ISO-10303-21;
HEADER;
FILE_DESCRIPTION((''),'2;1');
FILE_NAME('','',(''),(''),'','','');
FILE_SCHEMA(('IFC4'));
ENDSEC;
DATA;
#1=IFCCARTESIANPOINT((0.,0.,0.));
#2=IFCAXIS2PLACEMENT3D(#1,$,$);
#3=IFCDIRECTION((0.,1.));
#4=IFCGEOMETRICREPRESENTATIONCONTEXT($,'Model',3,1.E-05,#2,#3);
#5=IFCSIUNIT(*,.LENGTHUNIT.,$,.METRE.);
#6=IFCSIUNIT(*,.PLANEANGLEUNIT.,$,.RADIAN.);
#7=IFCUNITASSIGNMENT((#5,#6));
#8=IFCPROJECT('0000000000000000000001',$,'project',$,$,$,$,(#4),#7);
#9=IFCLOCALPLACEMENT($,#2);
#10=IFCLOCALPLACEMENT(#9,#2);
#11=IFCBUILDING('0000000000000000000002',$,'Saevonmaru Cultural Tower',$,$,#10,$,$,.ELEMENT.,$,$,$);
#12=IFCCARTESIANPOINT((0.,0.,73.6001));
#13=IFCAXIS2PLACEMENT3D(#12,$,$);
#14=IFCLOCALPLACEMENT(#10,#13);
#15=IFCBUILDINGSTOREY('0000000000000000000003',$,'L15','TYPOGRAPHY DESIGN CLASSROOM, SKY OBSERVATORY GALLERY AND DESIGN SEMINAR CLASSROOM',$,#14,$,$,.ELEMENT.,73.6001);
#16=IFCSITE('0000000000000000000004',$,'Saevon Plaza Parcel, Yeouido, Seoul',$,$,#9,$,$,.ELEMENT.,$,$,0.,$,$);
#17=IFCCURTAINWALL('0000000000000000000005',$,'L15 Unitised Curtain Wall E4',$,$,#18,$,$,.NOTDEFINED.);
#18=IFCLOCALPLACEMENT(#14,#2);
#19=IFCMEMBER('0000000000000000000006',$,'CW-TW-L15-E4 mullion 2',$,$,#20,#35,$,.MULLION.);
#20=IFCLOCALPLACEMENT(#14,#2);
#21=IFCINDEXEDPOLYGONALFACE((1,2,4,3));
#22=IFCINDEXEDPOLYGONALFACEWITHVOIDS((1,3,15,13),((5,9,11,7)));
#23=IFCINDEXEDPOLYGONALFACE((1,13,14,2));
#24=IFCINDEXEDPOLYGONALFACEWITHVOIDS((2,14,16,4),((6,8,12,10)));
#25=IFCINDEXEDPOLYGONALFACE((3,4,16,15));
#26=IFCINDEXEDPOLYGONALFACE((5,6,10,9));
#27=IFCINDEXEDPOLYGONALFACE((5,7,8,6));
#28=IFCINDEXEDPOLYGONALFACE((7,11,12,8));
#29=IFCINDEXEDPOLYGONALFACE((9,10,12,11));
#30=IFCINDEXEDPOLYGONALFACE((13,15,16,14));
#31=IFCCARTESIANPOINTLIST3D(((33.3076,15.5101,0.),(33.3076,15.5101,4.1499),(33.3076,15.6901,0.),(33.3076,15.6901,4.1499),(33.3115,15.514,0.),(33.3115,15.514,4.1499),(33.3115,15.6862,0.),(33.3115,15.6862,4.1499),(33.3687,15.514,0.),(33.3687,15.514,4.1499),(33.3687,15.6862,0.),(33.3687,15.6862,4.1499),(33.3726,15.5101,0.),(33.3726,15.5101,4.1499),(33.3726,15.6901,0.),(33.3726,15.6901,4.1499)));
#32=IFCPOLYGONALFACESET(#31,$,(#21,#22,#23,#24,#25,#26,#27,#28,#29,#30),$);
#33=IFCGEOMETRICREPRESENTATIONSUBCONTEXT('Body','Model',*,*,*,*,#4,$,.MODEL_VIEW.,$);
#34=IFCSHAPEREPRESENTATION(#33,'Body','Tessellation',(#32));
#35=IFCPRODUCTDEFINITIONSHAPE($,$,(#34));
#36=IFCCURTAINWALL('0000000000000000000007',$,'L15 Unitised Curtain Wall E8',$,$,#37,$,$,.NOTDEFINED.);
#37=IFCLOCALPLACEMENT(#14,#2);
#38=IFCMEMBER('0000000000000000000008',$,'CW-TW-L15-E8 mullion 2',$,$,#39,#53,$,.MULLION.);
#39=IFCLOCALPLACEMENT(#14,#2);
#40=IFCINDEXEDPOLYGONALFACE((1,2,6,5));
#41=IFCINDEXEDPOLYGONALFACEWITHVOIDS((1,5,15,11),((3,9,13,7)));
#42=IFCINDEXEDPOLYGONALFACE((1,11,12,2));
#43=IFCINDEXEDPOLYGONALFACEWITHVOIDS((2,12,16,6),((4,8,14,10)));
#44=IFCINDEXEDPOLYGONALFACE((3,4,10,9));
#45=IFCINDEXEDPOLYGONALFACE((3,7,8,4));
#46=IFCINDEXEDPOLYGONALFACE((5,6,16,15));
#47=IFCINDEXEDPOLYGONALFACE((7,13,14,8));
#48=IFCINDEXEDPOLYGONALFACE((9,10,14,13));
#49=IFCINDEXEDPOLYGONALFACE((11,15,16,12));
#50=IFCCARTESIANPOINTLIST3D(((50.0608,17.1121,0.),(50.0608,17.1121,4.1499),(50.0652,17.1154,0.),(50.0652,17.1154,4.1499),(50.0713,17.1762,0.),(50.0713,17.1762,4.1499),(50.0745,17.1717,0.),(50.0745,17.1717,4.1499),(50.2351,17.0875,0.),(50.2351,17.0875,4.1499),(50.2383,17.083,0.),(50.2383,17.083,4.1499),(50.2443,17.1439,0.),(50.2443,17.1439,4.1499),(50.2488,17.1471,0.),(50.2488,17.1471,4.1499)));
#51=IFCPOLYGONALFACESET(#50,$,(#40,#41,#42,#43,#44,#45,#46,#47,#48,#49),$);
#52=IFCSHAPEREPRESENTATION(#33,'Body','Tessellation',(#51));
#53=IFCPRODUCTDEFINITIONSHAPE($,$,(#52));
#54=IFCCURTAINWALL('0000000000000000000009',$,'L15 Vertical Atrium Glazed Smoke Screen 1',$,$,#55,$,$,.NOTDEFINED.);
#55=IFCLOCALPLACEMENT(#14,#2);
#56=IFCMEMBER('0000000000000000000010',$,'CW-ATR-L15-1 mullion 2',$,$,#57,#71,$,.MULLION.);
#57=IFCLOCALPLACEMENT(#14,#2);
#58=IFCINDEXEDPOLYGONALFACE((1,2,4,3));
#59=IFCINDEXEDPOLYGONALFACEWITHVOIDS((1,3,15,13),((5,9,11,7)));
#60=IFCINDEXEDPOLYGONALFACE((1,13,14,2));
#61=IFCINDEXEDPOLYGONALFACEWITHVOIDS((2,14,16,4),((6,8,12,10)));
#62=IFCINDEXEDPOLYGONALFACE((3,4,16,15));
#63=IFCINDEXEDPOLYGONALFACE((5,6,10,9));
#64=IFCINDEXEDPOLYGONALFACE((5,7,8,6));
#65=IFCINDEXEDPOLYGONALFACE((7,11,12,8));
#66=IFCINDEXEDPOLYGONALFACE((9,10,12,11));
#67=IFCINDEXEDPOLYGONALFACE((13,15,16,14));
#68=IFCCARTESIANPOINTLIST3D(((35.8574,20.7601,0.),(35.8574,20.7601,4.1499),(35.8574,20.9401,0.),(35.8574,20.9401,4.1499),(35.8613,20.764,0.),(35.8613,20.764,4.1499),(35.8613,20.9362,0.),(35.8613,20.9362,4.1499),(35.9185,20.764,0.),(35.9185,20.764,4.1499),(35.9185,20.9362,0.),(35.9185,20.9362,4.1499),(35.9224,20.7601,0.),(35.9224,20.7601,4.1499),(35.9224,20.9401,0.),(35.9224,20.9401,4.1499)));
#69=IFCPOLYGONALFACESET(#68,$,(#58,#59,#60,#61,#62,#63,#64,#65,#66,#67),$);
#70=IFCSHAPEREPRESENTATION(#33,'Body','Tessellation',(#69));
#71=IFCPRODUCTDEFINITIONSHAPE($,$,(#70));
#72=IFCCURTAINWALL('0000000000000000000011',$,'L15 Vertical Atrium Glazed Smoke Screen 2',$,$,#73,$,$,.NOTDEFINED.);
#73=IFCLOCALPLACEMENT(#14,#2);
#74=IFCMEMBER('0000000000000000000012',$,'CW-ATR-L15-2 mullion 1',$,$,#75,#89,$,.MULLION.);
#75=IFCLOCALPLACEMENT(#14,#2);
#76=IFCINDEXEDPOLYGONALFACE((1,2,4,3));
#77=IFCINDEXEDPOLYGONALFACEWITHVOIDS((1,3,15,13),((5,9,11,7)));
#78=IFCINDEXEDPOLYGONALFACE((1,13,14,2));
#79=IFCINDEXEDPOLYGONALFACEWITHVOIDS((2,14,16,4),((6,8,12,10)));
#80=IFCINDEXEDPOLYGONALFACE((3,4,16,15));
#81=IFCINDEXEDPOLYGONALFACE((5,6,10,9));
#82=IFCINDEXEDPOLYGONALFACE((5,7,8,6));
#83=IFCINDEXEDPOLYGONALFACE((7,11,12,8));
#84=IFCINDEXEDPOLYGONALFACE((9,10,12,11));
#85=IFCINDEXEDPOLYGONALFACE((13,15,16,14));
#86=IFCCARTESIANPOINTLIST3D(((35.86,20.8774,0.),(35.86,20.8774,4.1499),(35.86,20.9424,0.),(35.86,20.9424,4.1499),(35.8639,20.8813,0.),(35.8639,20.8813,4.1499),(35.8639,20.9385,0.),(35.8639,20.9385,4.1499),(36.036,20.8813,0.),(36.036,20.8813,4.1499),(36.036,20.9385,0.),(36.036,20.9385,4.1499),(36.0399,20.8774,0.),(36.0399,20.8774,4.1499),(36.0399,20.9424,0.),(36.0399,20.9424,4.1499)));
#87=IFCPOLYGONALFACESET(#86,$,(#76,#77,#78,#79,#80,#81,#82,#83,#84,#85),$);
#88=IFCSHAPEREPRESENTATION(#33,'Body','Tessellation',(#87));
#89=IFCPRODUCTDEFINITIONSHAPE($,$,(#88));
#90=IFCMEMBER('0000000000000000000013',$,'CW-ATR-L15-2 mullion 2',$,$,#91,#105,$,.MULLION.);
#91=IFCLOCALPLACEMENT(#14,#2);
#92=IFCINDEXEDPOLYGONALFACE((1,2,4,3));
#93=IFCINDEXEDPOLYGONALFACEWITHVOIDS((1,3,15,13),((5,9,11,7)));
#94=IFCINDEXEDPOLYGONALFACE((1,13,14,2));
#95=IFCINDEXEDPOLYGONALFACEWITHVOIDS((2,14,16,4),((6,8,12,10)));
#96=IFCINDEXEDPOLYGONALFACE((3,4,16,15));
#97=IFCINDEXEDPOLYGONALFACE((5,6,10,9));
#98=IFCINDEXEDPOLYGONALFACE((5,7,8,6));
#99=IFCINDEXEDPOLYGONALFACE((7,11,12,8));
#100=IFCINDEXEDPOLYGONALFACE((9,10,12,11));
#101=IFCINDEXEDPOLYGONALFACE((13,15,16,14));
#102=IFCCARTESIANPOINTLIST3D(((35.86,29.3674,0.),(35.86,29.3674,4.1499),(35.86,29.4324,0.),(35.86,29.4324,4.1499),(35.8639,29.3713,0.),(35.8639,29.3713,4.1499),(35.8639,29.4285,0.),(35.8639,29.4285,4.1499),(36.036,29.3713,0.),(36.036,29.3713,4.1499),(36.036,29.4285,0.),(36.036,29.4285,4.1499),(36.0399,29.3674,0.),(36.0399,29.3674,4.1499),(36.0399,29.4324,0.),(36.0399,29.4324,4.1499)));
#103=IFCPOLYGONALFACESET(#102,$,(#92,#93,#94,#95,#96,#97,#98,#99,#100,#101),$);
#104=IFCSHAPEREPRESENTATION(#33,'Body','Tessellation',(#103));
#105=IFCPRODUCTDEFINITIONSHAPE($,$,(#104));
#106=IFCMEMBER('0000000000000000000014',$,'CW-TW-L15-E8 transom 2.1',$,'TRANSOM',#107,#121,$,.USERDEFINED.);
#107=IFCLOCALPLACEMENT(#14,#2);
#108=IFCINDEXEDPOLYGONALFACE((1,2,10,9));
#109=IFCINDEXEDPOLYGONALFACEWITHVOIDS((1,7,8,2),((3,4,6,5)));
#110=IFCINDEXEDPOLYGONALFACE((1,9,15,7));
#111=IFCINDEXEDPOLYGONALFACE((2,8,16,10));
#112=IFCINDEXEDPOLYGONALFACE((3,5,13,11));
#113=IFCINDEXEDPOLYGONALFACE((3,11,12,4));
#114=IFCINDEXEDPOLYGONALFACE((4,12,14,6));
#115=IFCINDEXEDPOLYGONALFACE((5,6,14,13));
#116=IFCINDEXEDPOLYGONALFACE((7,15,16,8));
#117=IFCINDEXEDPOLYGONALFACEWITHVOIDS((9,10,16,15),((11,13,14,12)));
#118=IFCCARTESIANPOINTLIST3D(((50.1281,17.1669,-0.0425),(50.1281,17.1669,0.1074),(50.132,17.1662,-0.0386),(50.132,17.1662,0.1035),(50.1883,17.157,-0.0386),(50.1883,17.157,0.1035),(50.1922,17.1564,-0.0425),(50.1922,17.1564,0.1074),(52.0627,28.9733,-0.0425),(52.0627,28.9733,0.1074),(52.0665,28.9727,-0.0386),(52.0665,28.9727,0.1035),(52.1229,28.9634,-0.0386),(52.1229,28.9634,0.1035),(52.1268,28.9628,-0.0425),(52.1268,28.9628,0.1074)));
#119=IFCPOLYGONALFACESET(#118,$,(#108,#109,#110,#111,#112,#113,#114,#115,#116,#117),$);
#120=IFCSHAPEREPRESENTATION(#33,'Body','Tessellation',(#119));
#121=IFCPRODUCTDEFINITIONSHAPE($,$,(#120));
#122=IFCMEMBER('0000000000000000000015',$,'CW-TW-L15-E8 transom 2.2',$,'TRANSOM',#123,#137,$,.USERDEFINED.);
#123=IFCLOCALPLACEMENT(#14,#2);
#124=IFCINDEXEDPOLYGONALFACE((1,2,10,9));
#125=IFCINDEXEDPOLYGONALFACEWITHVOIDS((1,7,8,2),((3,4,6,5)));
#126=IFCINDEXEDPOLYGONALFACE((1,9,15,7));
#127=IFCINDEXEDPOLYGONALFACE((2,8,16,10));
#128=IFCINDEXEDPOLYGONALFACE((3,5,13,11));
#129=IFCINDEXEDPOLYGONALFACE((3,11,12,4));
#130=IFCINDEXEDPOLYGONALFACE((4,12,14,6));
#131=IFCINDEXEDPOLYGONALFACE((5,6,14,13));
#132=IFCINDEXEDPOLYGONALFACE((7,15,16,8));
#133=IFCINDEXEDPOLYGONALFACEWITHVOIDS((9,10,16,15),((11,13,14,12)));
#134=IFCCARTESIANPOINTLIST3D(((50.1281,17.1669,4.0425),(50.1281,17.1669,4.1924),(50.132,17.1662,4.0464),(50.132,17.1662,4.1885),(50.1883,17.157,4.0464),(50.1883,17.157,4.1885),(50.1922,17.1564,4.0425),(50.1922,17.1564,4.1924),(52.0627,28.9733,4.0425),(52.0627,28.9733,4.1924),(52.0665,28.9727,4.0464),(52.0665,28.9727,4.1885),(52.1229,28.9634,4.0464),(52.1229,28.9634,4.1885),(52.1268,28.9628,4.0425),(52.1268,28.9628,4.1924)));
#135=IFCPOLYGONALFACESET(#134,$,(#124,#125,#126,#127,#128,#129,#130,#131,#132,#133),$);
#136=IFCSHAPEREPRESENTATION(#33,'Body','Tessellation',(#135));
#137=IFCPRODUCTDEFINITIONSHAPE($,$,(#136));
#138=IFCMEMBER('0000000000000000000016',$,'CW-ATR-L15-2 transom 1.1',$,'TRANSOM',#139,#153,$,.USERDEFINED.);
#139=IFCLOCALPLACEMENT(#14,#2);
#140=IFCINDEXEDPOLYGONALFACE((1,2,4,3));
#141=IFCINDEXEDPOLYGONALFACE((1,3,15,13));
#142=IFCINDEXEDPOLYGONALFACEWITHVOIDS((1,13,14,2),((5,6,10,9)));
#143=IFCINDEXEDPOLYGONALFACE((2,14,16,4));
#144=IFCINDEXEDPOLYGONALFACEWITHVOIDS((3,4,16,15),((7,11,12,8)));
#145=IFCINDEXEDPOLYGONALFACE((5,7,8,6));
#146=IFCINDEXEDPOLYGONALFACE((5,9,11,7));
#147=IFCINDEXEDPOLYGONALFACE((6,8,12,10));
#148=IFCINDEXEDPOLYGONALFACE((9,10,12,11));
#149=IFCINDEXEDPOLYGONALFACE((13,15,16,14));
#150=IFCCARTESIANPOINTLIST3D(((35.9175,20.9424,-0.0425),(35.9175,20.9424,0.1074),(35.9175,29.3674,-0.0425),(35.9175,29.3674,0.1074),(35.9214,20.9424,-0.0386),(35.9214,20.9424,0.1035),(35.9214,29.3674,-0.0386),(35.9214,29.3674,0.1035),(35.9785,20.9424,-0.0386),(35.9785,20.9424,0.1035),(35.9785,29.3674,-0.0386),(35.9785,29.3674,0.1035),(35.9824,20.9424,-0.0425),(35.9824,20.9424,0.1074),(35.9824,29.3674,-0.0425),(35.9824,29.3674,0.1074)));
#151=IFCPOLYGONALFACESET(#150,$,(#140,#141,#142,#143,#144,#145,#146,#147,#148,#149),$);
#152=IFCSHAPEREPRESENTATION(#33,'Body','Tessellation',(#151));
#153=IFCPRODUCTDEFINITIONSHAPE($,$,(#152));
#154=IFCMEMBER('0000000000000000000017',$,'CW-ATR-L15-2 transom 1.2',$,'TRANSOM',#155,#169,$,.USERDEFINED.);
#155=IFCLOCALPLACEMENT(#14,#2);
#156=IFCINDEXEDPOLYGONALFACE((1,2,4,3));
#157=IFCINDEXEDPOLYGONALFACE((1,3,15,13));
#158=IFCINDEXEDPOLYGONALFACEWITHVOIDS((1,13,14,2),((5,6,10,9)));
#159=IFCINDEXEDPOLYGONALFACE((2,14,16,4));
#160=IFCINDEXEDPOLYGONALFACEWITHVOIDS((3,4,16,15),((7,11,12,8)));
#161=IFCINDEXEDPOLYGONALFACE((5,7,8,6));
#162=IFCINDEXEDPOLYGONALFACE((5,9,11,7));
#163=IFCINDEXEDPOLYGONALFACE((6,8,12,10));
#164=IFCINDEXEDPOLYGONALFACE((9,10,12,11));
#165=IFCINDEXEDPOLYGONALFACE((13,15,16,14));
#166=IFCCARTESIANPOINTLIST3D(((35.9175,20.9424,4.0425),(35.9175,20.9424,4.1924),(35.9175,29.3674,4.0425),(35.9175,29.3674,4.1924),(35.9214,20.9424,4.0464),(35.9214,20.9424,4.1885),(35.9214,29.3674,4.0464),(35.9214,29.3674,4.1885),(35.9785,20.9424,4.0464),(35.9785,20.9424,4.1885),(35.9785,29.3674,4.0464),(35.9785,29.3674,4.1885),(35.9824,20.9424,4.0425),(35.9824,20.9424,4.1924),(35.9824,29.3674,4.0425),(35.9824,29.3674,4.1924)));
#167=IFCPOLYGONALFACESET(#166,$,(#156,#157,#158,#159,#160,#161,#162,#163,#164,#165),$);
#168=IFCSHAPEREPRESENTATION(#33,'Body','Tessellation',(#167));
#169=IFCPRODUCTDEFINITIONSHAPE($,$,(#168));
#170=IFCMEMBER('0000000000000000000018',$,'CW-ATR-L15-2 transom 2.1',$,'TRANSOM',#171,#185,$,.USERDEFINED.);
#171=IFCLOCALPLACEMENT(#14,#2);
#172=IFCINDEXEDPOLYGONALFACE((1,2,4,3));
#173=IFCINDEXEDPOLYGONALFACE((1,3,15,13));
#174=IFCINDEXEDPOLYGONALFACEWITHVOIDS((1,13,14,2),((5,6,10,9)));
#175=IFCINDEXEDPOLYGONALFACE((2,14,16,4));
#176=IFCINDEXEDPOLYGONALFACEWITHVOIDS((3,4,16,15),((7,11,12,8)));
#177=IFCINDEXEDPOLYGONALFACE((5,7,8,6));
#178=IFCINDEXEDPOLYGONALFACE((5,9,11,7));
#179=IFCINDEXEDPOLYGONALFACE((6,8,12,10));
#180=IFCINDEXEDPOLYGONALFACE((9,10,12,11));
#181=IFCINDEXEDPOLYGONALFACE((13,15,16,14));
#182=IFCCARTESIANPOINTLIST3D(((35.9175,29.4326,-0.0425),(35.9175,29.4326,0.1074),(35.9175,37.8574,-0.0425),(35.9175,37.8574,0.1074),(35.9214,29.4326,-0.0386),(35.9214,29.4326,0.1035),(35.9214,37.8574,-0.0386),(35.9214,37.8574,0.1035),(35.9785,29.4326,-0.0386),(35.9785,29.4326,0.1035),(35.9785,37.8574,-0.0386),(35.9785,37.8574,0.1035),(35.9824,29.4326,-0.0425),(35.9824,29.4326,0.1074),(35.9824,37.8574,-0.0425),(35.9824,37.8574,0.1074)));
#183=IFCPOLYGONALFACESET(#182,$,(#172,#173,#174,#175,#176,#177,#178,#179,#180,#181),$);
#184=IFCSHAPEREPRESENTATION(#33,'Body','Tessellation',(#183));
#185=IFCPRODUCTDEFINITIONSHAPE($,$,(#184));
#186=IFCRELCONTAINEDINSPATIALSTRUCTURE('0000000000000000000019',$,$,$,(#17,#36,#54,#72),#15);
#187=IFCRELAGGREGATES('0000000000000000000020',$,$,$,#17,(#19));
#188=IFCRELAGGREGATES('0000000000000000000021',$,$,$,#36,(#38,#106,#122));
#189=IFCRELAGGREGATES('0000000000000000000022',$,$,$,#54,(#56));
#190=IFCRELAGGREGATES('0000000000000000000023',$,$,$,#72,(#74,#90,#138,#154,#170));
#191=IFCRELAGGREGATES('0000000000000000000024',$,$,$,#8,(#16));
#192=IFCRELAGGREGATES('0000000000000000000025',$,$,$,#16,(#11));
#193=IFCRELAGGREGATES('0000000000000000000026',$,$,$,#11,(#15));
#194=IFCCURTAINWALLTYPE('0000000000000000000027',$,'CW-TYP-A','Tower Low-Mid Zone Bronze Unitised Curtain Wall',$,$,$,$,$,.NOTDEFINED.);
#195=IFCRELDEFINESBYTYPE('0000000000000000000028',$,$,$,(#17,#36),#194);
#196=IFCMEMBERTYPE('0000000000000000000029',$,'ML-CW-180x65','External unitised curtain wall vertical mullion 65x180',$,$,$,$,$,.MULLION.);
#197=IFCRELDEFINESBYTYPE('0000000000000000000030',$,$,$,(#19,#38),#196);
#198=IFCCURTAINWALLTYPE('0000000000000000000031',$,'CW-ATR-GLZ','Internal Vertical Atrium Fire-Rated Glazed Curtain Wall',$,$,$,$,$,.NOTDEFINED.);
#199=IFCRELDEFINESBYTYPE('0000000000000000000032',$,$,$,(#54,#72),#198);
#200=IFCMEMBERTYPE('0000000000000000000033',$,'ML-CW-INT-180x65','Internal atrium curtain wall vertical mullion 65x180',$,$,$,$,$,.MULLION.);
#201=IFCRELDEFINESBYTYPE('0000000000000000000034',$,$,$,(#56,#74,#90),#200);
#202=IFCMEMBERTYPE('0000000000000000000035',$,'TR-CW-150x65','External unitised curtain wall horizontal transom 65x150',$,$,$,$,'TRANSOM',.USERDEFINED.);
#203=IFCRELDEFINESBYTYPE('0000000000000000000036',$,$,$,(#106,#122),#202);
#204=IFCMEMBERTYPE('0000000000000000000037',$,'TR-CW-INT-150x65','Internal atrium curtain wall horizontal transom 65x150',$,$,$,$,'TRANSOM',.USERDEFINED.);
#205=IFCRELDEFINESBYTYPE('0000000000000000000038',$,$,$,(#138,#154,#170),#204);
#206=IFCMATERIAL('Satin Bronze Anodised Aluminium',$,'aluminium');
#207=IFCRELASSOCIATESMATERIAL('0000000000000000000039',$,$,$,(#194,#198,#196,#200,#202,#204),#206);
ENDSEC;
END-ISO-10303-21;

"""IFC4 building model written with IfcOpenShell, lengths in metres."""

from ifc_helpers import new_model, si_unit, direction, frame, origin, origin_2d, place, context, subcontext, project, spatial, hollow_rectangle, extrude, material, material_profile, profile_set, type_object, element, aggregate, save


model = new_model("IFC4")

# Units and contexts
model_context = context("Model", 3, precision=1e-05, world=origin(), true_north=direction((0.0, 1.0)))
body_context = subcontext(model_context, "Body", "Model", "MODEL_VIEW")
ifc_project = project(units=[si_unit("LENGTHUNIT", "METRE"), si_unit("PLANEANGLEUNIT", "RADIAN")], contexts=[model_context])

# Site, building, storey
site_placement = place(None, origin())
site = spatial("IfcSite", under=ifc_project, at=site_placement, Name="Saevon Plaza Parcel, Yeouido, Seoul", CompositionType="ELEMENT", RefElevation=0.0)
building_placement = place(site_placement, origin())
building = spatial("IfcBuilding", under=site, at=building_placement, Name="Saevonmaru Cultural Tower", CompositionType="ELEMENT")
storey_placement = place(building_placement, frame((0.0, 0.0, 73.6001)))
storey = spatial("IfcBuildingStorey", under=building, at=storey_placement, Name="L15", Description="TYPOGRAPHY DESIGN CLASSROOM, SKY OBSERVATORY GALLERY AND DESIGN SEMINAR CLASSROOM", CompositionType="ELEMENT", Elevation=73.6001)

# Curtain walls, members
ifc_material_1 = material(Name="Satin Bronze Anodised Aluminium", Category="aluminium")
curtain_wall_type_1 = type_object("IfcCurtainWallType", Name="CW-TYP-A", Description="Tower Low-Mid Zone Bronze Unitised Curtain Wall", PredefinedType="NOTDEFINED", material=ifc_material_1)
curtain_wall_1_placement = place(storey_placement, origin())
curtain_wall_1 = element("IfcCurtainWall", 1, at=curtain_wall_1_placement, inside=storey, type_object=curtain_wall_type_1, Name="L15 Unitised Curtain Wall E4", PredefinedType="NOTDEFINED")
ifc_material_profile_1 = material_profile(ifc_material_1, hollow_rectangle(XDim=0.0649, YDim=0.1799, WallThickness=0.0039, at=origin_2d()), Name="ALU-MULL-180x65x4")
ifc_profile_set_1 = profile_set([ifc_material_profile_1], Name="Satin Bronze Anodised Aluminium")
member_type_1 = type_object("IfcMemberType", Name="ML-CW-180x65", Description="External unitised curtain wall vertical mullion 65x180", PredefinedType="MULLION", material=ifc_profile_set_1)
member_1_placement = place(storey_placement, frame((33.3401, 15.6001, 0.0), z_axis=(0.0, 0.0, 1.0), x_axis=(1.0, 0.0, 0.0)))
member_1 = element("IfcMember", 2, at=member_1_placement, type_object=member_type_1, Name="CW-TW-L15-E4 mullion 2", PredefinedType="MULLION", context=body_context, shape_type="SweptSolid", body=[
    extrude(hollow_rectangle(XDim=0.0649, YDim=0.1799, WallThickness=0.0039, at=origin_2d()), origin(), (0.0, 0.0, 1.0), 4.1499),
])
aggregate(curtain_wall_1, [member_1])
curtain_wall_2_placement = place(storey_placement, origin())
curtain_wall_2 = element("IfcCurtainWall", 3, at=curtain_wall_2_placement, inside=storey, type_object=curtain_wall_type_1, Name="L15 Unitised Curtain Wall E8", PredefinedType="NOTDEFINED")
member_2_placement = place(storey_placement, frame((50.1548, 17.1296, 0.0), z_axis=(0.0, 0.0, 1.0), x_axis=(0.161709, 0.986839, 0.0)))
member_2 = element("IfcMember", 4, at=member_2_placement, type_object=member_type_1, Name="CW-TW-L15-E8 mullion 2", PredefinedType="MULLION", context=body_context, shape_type="SweptSolid", body=[
    extrude(hollow_rectangle(XDim=0.0649, YDim=0.1799, WallThickness=0.0039, at=origin_2d()), origin(), (0.0, 0.0, 1.0), 4.1499),
])
curtain_wall_type_2 = type_object("IfcCurtainWallType", Name="CW-ATR-GLZ", Description="Internal Vertical Atrium Fire-Rated Glazed Curtain Wall", PredefinedType="NOTDEFINED", material=ifc_material_1)
curtain_wall_3_placement = place(storey_placement, origin())
curtain_wall_3 = element("IfcCurtainWall", 5, at=curtain_wall_3_placement, inside=storey, type_object=curtain_wall_type_2, Name="L15 Vertical Atrium Glazed Smoke Screen 1", PredefinedType="NOTDEFINED")
ifc_material_profile_2 = material_profile(ifc_material_1, hollow_rectangle(XDim=0.0649, YDim=0.1799, WallThickness=0.0039, at=origin_2d()), Name="ALU-MULL-180x65x4")
ifc_profile_set_2 = profile_set([ifc_material_profile_2], Name="Satin Bronze Anodised Aluminium")
member_type_2 = type_object("IfcMemberType", Name="ML-CW-INT-180x65", Description="Internal atrium curtain wall vertical mullion 65x180", PredefinedType="MULLION", material=ifc_profile_set_2)
member_3_placement = place(storey_placement, frame((35.8899, 20.8501, 0.0), z_axis=(0.0, 0.0, 1.0), x_axis=(1.0, 0.0, 0.0)))
member_3 = element("IfcMember", 6, at=member_3_placement, type_object=member_type_2, Name="CW-ATR-L15-1 mullion 2", PredefinedType="MULLION", context=body_context, shape_type="SweptSolid", body=[
    extrude(hollow_rectangle(XDim=0.0649, YDim=0.1799, WallThickness=0.0039, at=origin_2d()), origin(), (0.0, 0.0, 1.0), 4.1499),
])

# Curtain wall, members
curtain_wall_4_placement = place(storey_placement, origin())
curtain_wall_4 = element("IfcCurtainWall", 7, at=curtain_wall_4_placement, inside=storey, type_object=curtain_wall_type_2, Name="L15 Vertical Atrium Glazed Smoke Screen 2", PredefinedType="NOTDEFINED")
member_4_placement = place(storey_placement, frame((35.95, 20.9099, 0.0), z_axis=(0.0, 0.0, 1.0), x_axis=(0.0, 1.0, 0.0)))
member_4 = element("IfcMember", 8, at=member_4_placement, type_object=member_type_2, Name="CW-ATR-L15-2 mullion 1", PredefinedType="MULLION", context=body_context, shape_type="SweptSolid", body=[
    extrude(hollow_rectangle(XDim=0.0649, YDim=0.1799, WallThickness=0.0039, at=origin_2d()), origin(), (0.0, 0.0, 1.0), 4.1499),
])
member_5_placement = place(storey_placement, frame((35.95, 29.3999, 0.0), z_axis=(0.0, 0.0, 1.0), x_axis=(0.0, 1.0, 0.0)))
member_5 = element("IfcMember", 9, at=member_5_placement, type_object=member_type_2, Name="CW-ATR-L15-2 mullion 2", PredefinedType="MULLION", context=body_context, shape_type="SweptSolid", body=[
    extrude(hollow_rectangle(XDim=0.0649, YDim=0.1799, WallThickness=0.0039, at=origin_2d()), origin(), (0.0, 0.0, 1.0), 4.1499),
])

# Members
ifc_material_profile_3 = material_profile(ifc_material_1, hollow_rectangle(XDim=0.0649, YDim=0.1499, WallThickness=0.0039, at=origin_2d()), Name="ALU-TRAN-150x65x4")
ifc_profile_set_3 = profile_set([ifc_material_profile_3], Name="Satin Bronze Anodised Aluminium")
member_type_3 = type_object("IfcMemberType", Name="TR-CW-150x65", Description="External unitised curtain wall horizontal transom 65x150", ElementType="TRANSOM", PredefinedType="USERDEFINED", material=ifc_profile_set_3)
member_6_placement = place(storey_placement, frame((50.1602, 17.1616, 0.0325), z_axis=(0.161701, 0.98684, 0.0), x_axis=(-0.98684, 0.161701, 0.0)))
member_6 = element("IfcMember", 10, at=member_6_placement, type_object=member_type_3, Name="CW-TW-L15-E8 transom 2.1", ObjectType="TRANSOM", PredefinedType="USERDEFINED", context=body_context, shape_type="SweptSolid", body=[
    extrude(hollow_rectangle(XDim=0.0649, YDim=0.1499, WallThickness=0.0039, at=origin_2d()), origin(), (0.0, 0.0, 1.0), 11.9639),
])
member_7_placement = place(storey_placement, frame((50.1602, 17.1616, 4.1174), z_axis=(0.161701, 0.98684, 0.0), x_axis=(-0.98684, 0.161701, 0.0)))
member_7 = element("IfcMember", 11, at=member_7_placement, type_object=member_type_3, Name="CW-TW-L15-E8 transom 2.2", ObjectType="TRANSOM", PredefinedType="USERDEFINED", context=body_context, shape_type="SweptSolid", body=[
    extrude(hollow_rectangle(XDim=0.0649, YDim=0.1499, WallThickness=0.0039, at=origin_2d()), origin(), (0.0, 0.0, 1.0), 11.9639),
])
aggregate(curtain_wall_2, [member_2, member_6, member_7])
ifc_material_profile_4 = material_profile(ifc_material_1, hollow_rectangle(XDim=0.0649, YDim=0.1499, WallThickness=0.0039, at=origin_2d()), Name="ALU-TRAN-150x65x4")
ifc_profile_set_4 = profile_set([ifc_material_profile_4], Name="Satin Bronze Anodised Aluminium")
member_type_4 = type_object("IfcMemberType", Name="TR-CW-INT-150x65", Description="Internal atrium curtain wall horizontal transom 65x150", ElementType="TRANSOM", PredefinedType="USERDEFINED", material=ifc_profile_set_4)
member_8_placement = place(storey_placement, frame((35.95, 20.9424, 0.0325), z_axis=(0.0, 1.0, 0.0), x_axis=(-1.0, 0.0, 0.0)))
member_8 = element("IfcMember", 12, at=member_8_placement, type_object=member_type_4, Name="CW-ATR-L15-2 transom 1.1", ObjectType="TRANSOM", PredefinedType="USERDEFINED", context=body_context, shape_type="SweptSolid", body=[
    extrude(hollow_rectangle(XDim=0.0649, YDim=0.1499, WallThickness=0.0039, at=origin_2d()), origin(), (0.0, 0.0, 1.0), 8.425),
])
member_9_placement = place(storey_placement, frame((35.95, 20.9424, 4.1174), z_axis=(0.0, 1.0, 0.0), x_axis=(-1.0, 0.0, 0.0)))
member_9 = element("IfcMember", 13, at=member_9_placement, type_object=member_type_4, Name="CW-ATR-L15-2 transom 1.2", ObjectType="TRANSOM", PredefinedType="USERDEFINED", context=body_context, shape_type="SweptSolid", body=[
    extrude(hollow_rectangle(XDim=0.0649, YDim=0.1499, WallThickness=0.0039, at=origin_2d()), origin(), (0.0, 0.0, 1.0), 8.425),
])
member_10_placement = place(storey_placement, frame((35.95, 29.4326, 0.0325), z_axis=(0.0, 1.0, 0.0), x_axis=(-1.0, 0.0, 0.0)))
member_10 = element("IfcMember", 14, at=member_10_placement, type_object=member_type_4, Name="CW-ATR-L15-2 transom 2.1", ObjectType="TRANSOM", PredefinedType="USERDEFINED", context=body_context, shape_type="SweptSolid", body=[
    extrude(hollow_rectangle(XDim=0.0649, YDim=0.1499, WallThickness=0.0039, at=origin_2d()), origin(), (0.0, 0.0, 1.0), 8.4248),
])

aggregate(curtain_wall_3, [member_3])
aggregate(curtain_wall_4, [member_4, member_5, member_8, member_9, member_10])

save(model, "model.ifc")
